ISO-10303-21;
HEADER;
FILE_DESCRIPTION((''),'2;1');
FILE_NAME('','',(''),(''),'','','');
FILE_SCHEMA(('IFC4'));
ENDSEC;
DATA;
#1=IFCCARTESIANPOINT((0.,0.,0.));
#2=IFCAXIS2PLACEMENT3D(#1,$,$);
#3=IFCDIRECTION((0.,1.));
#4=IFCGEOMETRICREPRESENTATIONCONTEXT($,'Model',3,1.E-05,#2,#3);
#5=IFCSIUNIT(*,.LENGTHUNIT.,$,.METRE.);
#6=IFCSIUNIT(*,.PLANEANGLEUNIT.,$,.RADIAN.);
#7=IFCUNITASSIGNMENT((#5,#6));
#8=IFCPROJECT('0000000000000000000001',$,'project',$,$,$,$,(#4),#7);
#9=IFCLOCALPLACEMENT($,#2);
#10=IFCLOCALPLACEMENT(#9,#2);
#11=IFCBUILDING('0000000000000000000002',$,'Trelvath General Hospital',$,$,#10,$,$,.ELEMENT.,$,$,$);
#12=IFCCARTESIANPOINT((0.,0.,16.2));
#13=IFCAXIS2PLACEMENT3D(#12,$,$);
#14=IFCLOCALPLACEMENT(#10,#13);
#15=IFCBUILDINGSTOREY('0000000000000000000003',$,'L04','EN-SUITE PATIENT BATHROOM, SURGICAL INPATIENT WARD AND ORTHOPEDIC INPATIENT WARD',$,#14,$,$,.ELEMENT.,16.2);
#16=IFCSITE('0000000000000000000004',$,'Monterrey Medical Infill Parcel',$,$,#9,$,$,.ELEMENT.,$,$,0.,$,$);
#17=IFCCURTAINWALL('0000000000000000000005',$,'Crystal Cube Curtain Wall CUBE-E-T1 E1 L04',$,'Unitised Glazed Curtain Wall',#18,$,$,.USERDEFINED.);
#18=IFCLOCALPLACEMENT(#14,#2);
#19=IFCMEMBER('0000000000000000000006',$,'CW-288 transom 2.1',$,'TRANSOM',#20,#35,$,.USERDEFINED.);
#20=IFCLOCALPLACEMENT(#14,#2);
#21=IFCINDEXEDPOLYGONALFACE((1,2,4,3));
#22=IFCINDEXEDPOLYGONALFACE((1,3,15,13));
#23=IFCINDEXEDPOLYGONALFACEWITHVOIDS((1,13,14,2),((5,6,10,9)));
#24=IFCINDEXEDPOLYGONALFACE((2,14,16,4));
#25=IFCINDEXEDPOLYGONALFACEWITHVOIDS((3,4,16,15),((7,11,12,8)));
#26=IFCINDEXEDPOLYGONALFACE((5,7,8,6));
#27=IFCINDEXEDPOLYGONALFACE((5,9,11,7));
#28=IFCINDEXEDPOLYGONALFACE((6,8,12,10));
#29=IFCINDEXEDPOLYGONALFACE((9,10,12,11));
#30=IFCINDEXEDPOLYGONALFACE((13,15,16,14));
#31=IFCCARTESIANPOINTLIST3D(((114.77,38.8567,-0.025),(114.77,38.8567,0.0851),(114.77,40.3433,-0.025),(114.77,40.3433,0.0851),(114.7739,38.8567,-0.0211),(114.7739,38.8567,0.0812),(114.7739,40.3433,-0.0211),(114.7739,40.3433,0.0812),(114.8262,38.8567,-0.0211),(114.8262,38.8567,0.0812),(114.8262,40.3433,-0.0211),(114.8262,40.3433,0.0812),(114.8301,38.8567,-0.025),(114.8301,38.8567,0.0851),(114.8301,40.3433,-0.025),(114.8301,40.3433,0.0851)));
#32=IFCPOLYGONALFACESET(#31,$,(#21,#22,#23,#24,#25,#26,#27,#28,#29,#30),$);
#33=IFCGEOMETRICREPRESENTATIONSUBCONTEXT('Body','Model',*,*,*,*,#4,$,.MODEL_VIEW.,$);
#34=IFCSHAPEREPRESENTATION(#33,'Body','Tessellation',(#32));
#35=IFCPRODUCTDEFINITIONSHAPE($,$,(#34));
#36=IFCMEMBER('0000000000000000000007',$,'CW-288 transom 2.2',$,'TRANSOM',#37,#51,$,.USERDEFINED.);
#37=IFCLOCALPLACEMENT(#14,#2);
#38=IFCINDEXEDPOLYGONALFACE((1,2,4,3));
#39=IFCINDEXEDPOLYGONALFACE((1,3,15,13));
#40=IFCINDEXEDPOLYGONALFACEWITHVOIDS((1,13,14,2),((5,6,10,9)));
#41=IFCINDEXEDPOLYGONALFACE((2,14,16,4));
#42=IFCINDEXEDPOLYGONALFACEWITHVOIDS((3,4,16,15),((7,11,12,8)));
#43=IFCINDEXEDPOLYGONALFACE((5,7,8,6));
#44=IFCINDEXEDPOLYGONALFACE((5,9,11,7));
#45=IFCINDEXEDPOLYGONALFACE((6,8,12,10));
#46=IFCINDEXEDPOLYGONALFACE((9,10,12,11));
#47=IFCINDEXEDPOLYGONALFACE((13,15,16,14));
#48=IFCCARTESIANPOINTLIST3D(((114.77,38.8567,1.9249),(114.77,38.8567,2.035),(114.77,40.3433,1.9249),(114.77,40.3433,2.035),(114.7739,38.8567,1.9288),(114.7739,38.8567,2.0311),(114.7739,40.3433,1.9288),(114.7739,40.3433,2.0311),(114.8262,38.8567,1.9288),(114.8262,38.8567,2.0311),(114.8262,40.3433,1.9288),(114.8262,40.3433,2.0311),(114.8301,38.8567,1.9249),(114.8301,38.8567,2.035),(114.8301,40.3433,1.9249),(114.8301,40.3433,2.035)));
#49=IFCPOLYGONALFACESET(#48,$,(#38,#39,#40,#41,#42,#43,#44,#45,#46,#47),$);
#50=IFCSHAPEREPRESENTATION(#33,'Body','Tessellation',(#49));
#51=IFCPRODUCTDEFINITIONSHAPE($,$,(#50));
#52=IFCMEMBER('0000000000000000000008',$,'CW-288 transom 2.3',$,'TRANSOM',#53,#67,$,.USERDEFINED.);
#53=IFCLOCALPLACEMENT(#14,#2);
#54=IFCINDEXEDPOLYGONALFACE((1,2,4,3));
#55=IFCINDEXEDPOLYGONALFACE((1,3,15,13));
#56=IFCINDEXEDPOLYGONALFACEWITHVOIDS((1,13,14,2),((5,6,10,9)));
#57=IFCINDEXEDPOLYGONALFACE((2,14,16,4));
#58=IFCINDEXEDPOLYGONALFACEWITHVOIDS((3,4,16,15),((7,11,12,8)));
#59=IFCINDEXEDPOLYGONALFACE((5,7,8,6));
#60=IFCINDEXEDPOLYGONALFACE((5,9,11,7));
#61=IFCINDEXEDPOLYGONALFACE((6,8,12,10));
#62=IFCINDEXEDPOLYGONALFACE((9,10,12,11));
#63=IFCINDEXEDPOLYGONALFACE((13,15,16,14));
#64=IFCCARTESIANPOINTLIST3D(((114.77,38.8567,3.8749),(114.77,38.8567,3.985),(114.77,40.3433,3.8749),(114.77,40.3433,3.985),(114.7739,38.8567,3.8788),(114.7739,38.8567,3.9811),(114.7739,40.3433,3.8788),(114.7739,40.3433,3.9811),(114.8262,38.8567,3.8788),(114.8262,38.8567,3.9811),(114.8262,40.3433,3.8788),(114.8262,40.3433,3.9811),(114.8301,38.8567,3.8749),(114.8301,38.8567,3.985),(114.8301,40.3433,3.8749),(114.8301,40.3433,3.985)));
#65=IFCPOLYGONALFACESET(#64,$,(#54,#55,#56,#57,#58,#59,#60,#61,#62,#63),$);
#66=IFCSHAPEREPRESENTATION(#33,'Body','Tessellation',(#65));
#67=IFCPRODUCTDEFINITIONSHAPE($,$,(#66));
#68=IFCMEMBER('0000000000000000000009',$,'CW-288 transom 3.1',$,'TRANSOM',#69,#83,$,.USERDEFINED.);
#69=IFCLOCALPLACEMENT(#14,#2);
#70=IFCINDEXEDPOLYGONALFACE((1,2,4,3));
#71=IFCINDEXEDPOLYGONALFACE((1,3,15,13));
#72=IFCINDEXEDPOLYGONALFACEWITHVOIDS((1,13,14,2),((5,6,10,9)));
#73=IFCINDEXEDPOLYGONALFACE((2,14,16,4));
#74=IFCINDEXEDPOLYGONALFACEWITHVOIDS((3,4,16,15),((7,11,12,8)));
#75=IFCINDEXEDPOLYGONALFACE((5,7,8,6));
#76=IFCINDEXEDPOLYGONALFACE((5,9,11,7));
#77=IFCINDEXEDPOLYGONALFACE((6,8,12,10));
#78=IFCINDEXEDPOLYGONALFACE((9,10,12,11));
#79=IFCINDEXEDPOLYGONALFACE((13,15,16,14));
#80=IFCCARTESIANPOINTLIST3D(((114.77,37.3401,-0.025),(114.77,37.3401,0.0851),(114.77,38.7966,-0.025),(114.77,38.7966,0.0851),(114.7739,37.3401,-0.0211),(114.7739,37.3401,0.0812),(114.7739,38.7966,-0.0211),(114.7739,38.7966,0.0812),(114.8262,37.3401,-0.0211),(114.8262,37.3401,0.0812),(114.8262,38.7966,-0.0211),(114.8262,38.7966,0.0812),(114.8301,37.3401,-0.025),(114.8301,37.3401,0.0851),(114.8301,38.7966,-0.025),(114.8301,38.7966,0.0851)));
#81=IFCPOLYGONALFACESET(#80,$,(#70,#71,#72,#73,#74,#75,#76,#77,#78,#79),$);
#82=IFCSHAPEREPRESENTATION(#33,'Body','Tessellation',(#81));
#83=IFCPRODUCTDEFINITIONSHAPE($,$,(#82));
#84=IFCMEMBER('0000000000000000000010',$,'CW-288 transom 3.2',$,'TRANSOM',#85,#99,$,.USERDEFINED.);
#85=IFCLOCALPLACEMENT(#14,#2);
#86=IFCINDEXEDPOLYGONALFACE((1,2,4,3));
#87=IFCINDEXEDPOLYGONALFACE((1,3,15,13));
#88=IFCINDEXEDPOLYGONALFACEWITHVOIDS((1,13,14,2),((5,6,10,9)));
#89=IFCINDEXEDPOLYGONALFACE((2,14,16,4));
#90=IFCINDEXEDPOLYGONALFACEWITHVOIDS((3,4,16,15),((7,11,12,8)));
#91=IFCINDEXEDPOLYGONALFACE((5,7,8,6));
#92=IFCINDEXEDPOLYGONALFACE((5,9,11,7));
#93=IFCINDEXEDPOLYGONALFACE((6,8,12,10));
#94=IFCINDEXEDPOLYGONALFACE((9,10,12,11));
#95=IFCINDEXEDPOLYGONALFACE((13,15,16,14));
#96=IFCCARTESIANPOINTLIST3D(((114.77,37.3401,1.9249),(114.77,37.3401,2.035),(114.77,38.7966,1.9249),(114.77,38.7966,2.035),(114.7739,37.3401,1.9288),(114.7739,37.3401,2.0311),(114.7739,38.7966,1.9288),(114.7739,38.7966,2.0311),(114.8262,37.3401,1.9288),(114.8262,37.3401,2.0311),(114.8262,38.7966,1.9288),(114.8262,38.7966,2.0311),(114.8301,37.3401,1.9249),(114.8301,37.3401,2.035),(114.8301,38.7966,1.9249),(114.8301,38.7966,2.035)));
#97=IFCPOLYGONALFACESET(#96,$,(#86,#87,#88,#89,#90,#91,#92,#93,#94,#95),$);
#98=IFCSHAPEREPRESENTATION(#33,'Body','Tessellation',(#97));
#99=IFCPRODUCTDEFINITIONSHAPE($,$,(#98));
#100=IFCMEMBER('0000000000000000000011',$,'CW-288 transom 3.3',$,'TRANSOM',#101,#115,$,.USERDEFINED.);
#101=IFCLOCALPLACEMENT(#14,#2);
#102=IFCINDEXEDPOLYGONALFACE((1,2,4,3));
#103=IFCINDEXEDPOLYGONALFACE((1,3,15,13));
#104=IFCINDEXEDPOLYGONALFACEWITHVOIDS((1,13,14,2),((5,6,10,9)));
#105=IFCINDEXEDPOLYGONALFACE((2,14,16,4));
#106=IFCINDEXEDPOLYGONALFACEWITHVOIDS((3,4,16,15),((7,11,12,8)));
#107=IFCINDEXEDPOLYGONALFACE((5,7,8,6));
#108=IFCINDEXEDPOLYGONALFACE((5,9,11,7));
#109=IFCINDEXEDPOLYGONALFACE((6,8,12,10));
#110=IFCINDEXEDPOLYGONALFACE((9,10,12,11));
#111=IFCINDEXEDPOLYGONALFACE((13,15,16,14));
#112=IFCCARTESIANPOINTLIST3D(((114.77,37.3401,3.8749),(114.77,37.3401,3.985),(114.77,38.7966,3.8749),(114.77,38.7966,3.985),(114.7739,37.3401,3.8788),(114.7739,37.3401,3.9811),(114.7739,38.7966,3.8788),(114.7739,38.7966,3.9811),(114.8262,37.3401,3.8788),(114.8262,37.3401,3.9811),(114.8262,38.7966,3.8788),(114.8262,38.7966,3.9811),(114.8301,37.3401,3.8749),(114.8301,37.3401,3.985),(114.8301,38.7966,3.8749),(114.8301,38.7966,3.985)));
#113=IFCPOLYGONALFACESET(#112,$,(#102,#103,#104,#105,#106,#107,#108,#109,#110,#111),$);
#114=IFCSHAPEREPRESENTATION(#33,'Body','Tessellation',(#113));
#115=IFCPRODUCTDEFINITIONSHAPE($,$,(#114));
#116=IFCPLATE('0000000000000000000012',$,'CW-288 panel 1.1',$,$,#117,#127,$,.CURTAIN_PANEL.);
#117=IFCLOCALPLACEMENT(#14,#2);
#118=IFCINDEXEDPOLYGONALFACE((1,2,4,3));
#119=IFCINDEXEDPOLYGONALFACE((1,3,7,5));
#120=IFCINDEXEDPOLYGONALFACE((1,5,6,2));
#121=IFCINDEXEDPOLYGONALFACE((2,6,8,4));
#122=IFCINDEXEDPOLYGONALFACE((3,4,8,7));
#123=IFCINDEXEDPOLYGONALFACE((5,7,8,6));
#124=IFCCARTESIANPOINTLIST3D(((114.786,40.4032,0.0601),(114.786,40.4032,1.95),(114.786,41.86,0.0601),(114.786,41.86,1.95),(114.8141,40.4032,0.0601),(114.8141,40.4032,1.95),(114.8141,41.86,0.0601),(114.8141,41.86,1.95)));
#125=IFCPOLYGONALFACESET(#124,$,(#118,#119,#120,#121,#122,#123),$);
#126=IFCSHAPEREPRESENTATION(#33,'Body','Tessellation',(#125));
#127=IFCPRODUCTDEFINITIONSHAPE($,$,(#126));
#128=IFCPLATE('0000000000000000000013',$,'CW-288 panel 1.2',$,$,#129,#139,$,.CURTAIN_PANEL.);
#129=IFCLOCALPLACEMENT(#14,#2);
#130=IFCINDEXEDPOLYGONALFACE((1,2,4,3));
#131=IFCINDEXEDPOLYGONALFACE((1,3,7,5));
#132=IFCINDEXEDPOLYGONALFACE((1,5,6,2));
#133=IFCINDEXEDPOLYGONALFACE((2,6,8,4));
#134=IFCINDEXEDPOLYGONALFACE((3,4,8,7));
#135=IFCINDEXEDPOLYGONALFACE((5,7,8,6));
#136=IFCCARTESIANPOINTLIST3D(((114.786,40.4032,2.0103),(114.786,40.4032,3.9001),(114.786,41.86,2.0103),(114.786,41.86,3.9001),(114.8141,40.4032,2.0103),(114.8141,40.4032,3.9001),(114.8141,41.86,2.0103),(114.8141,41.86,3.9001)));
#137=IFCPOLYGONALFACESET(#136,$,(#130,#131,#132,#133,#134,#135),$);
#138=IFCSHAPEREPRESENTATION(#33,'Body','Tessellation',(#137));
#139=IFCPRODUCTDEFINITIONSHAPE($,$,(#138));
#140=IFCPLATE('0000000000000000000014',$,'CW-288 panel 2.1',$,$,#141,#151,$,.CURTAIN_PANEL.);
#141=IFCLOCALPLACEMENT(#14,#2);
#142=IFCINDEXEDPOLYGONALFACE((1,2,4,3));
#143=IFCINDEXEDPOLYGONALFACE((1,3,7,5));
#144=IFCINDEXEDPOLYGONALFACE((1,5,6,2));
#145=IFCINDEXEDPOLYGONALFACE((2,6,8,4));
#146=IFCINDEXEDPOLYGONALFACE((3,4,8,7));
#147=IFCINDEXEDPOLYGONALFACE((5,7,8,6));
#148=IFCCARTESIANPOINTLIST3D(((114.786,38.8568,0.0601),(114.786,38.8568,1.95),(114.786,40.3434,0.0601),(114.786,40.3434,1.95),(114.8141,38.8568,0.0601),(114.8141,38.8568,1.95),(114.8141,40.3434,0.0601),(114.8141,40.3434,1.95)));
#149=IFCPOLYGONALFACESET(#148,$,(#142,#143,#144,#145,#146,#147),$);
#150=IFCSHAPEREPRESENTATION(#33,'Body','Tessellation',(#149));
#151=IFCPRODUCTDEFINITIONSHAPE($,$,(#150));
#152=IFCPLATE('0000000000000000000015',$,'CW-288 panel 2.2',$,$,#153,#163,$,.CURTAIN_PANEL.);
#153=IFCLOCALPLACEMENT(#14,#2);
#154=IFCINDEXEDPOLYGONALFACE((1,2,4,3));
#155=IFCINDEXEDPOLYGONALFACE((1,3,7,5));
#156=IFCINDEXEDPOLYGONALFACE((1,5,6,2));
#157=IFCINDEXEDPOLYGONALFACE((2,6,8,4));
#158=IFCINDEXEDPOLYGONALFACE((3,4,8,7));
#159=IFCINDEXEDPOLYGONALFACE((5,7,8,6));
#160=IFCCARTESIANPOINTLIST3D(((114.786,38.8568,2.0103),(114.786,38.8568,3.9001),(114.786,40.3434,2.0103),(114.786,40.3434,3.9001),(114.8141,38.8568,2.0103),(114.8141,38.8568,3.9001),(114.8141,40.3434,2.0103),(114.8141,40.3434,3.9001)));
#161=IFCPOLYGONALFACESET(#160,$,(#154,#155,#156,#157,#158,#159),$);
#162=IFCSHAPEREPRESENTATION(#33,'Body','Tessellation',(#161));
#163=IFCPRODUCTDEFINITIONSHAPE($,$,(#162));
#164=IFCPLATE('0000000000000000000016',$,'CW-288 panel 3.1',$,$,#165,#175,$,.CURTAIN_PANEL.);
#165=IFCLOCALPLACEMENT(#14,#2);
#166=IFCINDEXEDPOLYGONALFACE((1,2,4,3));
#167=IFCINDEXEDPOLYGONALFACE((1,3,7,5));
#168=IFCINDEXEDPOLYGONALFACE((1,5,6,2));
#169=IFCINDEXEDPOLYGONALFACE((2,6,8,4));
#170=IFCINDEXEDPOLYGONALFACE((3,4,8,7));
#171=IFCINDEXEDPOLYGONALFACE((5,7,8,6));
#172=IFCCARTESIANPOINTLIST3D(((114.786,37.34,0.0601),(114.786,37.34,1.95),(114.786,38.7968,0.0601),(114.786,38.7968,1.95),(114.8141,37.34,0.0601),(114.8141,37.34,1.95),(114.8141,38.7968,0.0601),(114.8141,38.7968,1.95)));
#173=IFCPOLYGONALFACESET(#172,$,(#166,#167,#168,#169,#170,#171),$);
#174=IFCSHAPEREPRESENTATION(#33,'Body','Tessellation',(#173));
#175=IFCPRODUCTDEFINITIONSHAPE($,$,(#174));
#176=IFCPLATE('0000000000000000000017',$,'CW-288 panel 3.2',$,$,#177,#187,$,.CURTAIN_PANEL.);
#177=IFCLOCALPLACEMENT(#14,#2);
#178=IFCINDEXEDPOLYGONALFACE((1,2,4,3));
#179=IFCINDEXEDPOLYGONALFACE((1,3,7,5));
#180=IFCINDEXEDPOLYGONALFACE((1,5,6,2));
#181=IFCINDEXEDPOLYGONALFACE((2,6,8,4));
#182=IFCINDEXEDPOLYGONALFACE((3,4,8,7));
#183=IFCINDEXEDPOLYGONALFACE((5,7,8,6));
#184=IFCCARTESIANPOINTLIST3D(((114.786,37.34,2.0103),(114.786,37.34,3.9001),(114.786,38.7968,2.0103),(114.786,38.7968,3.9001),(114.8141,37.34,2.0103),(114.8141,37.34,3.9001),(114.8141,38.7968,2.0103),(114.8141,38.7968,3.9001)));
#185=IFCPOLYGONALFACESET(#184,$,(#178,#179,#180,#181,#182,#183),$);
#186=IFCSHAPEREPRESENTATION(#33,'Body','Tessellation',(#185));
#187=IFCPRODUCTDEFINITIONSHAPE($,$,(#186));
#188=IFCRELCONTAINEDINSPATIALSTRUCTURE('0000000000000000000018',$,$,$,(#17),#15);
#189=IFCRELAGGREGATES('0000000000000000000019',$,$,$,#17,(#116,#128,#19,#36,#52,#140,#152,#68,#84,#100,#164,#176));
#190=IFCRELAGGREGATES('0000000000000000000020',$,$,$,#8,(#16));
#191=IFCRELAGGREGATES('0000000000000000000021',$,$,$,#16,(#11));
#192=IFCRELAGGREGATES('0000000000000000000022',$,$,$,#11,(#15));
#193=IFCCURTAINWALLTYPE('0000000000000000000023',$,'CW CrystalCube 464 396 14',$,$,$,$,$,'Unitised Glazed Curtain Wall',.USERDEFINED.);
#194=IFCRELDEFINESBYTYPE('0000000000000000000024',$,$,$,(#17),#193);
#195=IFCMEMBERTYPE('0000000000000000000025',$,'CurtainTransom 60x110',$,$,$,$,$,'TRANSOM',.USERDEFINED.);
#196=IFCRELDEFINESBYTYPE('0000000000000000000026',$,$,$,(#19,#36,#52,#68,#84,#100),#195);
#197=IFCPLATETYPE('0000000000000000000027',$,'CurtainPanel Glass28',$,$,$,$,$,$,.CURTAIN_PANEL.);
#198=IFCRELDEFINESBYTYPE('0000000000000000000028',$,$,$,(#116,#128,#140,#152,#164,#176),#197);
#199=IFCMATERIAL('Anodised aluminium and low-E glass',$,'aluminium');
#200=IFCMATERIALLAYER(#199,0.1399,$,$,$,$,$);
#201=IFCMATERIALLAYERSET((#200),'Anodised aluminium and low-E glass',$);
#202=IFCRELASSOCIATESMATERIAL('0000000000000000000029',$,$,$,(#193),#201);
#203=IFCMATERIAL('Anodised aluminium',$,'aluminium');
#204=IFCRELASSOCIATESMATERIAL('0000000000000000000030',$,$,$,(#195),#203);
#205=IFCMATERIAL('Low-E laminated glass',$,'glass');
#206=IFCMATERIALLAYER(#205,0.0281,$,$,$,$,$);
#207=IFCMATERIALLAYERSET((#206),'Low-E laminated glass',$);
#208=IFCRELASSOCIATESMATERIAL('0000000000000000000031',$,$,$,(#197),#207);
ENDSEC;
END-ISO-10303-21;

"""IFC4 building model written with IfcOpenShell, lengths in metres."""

from ifc_helpers import new_model, si_unit, direction, frame, origin, origin_2d, place, context, subcontext, project, spatial, rectangle, hollow_rectangle, extrude, material, layer, layer_set, material_profile, profile_set, type_object, element, aggregate, save


model = new_model("IFC4")

# Units and contexts
model_context = context("Model", 3, precision=1e-05, world=origin(), true_north=direction((0.0, 1.0)))
body_context = subcontext(model_context, "Body", "Model", "MODEL_VIEW")
ifc_project = project(units=[si_unit("LENGTHUNIT", "METRE"), si_unit("PLANEANGLEUNIT", "RADIAN")], contexts=[model_context])

# Site, building, storey
site_placement = place(None, origin())
site = spatial("IfcSite", under=ifc_project, at=site_placement, Name="Monterrey Medical Infill Parcel", CompositionType="ELEMENT", RefElevation=0.0)
building_placement = place(site_placement, origin())
building = spatial("IfcBuilding", under=site, at=building_placement, Name="Trelvath General Hospital", CompositionType="ELEMENT")
storey_placement = place(building_placement, frame((0.0, 0.0, 16.2)))
storey = spatial("IfcBuildingStorey", under=building, at=storey_placement, Name="L04", Description="EN-SUITE PATIENT BATHROOM, SURGICAL INPATIENT WARD AND ORTHOPEDIC INPATIENT WARD", CompositionType="ELEMENT", Elevation=16.2)

# Curtain wall
ifc_material_1 = material(Name="Anodised aluminium and low-E glass", Category="aluminium")
ifc_layer_1 = layer(ifc_material_1, 0.1399)
ifc_layer_set_1 = layer_set([ifc_layer_1], Name="Anodised aluminium and low-E glass")
curtain_wall_type_1 = type_object("IfcCurtainWallType", Name="CW CrystalCube 464 396 14", ElementType="Unitised Glazed Curtain Wall", PredefinedType="USERDEFINED", material=ifc_layer_set_1)
curtain_wall_1_placement = place(storey_placement, origin())
curtain_wall_1 = element("IfcCurtainWall", 1, at=curtain_wall_1_placement, inside=storey, type_object=curtain_wall_type_1, Name="Crystal Cube Curtain Wall CUBE-E-T1 E1 L04", ObjectType="Unitised Glazed Curtain Wall", PredefinedType="USERDEFINED")

# Members
ifc_material_2 = material(Name="Anodised aluminium", Category="aluminium")
ifc_material_profile_1 = material_profile(ifc_material_2, hollow_rectangle(XDim=0.0601, YDim=0.1101, WallThickness=0.0039, at=origin_2d()), Name="RHS60x110x4")
ifc_profile_set_1 = profile_set([ifc_material_profile_1], Name="Anodised aluminium")
member_type_1 = type_object("IfcMemberType", Name="CurtainTransom 60x110", ElementType="TRANSOM", PredefinedType="USERDEFINED", material=ifc_profile_set_1)
member_1_placement = place(storey_placement, frame((114.8, 40.3433, 0.03), z_axis=(0.0, -1.0, 0.0), x_axis=(1.0, 0.0, 0.0)))
member_1 = element("IfcMember", 2, at=member_1_placement, type_object=member_type_1, Name="CW-288 transom 2.1", ObjectType="TRANSOM", PredefinedType="USERDEFINED", context=body_context, shape_type="SweptSolid", body=[
    extrude(hollow_rectangle(XDim=0.0601, YDim=0.1101, WallThickness=0.0039, at=origin_2d()), origin(), (0.0, 0.0, 1.0), 1.4866),
])
member_2_placement = place(storey_placement, frame((114.8, 40.3433, 1.98), z_axis=(0.0, -1.0, 0.0), x_axis=(1.0, 0.0, 0.0)))
member_2 = element("IfcMember", 3, at=member_2_placement, type_object=member_type_1, Name="CW-288 transom 2.2", ObjectType="TRANSOM", PredefinedType="USERDEFINED", context=body_context, shape_type="SweptSolid", body=[
    extrude(hollow_rectangle(XDim=0.0601, YDim=0.1101, WallThickness=0.0039, at=origin_2d()), origin(), (0.0, 0.0, 1.0), 1.4866),
])
member_3_placement = place(storey_placement, frame((114.8, 40.3433, 3.9299), z_axis=(0.0, -1.0, 0.0), x_axis=(1.0, 0.0, 0.0)))
member_3 = element("IfcMember", 4, at=member_3_placement, type_object=member_type_1, Name="CW-288 transom 2.3", ObjectType="TRANSOM", PredefinedType="USERDEFINED", context=body_context, shape_type="SweptSolid", body=[
    extrude(hollow_rectangle(XDim=0.0601, YDim=0.1101, WallThickness=0.0039, at=origin_2d()), origin(), (0.0, 0.0, 1.0), 1.4866),
])
member_4_placement = place(storey_placement, frame((114.8, 38.7966, 0.03), z_axis=(0.0, -1.0, 0.0), x_axis=(1.0, 0.0, 0.0)))
member_4 = element("IfcMember", 5, at=member_4_placement, type_object=member_type_1, Name="CW-288 transom 3.1", ObjectType="TRANSOM", PredefinedType="USERDEFINED", context=body_context, shape_type="SweptSolid", body=[
    extrude(hollow_rectangle(XDim=0.0601, YDim=0.1101, WallThickness=0.0039, at=origin_2d()), origin(), (0.0, 0.0, 1.0), 1.4565),
])
member_5_placement = place(storey_placement, frame((114.8, 38.7966, 1.98), z_axis=(0.0, -1.0, 0.0), x_axis=(1.0, 0.0, 0.0)))
member_5 = element("IfcMember", 6, at=member_5_placement, type_object=member_type_1, Name="CW-288 transom 3.2", ObjectType="TRANSOM", PredefinedType="USERDEFINED", context=body_context, shape_type="SweptSolid", body=[
    extrude(hollow_rectangle(XDim=0.0601, YDim=0.1101, WallThickness=0.0039, at=origin_2d()), origin(), (0.0, 0.0, 1.0), 1.4565),
])
member_6_placement = place(storey_placement, frame((114.8, 38.7966, 3.9299), z_axis=(0.0, -1.0, 0.0), x_axis=(1.0, 0.0, 0.0)))
member_6 = element("IfcMember", 7, at=member_6_placement, type_object=member_type_1, Name="CW-288 transom 3.3", ObjectType="TRANSOM", PredefinedType="USERDEFINED", context=body_context, shape_type="SweptSolid", body=[
    extrude(hollow_rectangle(XDim=0.0601, YDim=0.1101, WallThickness=0.0039, at=origin_2d()), origin(), (0.0, 0.0, 1.0), 1.4565),
])

# Plates
ifc_material_3 = material(Name="Low-E laminated glass", Category="glass")
ifc_layer_2 = layer(ifc_material_3, 0.0281)
ifc_layer_set_2 = layer_set([ifc_layer_2], Name="Low-E laminated glass")
plate_type = type_object("IfcPlateType", Name="CurtainPanel Glass28", PredefinedType="CURTAIN_PANEL", material=ifc_layer_set_2)
plate_1_placement = place(storey_placement, frame((114.8, 41.1316, 0.0601), z_axis=(0.0, 0.0, 1.0), x_axis=(0.0, -1.0, 0.0)))
plate_1 = element("IfcPlate", 8, at=plate_1_placement, type_object=plate_type, Name="CW-288 panel 1.1", PredefinedType="CURTAIN_PANEL", context=body_context, shape_type="SweptSolid", body=[
    extrude(rectangle(XDim=1.4568, YDim=0.0281, at=origin_2d()), origin(), (0.0, 0.0, 1.0), 1.8899),
])
plate_2_placement = place(storey_placement, frame((114.8, 41.1316, 2.0103), z_axis=(0.0, 0.0, 1.0), x_axis=(0.0, -1.0, 0.0)))
plate_2 = element("IfcPlate", 9, at=plate_2_placement, type_object=plate_type, Name="CW-288 panel 1.2", PredefinedType="CURTAIN_PANEL", context=body_context, shape_type="SweptSolid", body=[
    extrude(rectangle(XDim=1.4568, YDim=0.0281, at=origin_2d()), origin(), (0.0, 0.0, 1.0), 1.8899),
])
plate_3_placement = place(storey_placement, frame((114.8, 39.6001, 0.0601), z_axis=(0.0, 0.0, 1.0), x_axis=(0.0, -1.0, 0.0)))
plate_3 = element("IfcPlate", 10, at=plate_3_placement, type_object=plate_type, Name="CW-288 panel 2.1", PredefinedType="CURTAIN_PANEL", context=body_context, shape_type="SweptSolid", body=[
    extrude(rectangle(XDim=1.4866, YDim=0.0281, at=origin_2d()), origin(), (0.0, 0.0, 1.0), 1.8899),
])
plate_4_placement = place(storey_placement, frame((114.8, 39.6001, 2.0103), z_axis=(0.0, 0.0, 1.0), x_axis=(0.0, -1.0, 0.0)))
plate_4 = element("IfcPlate", 11, at=plate_4_placement, type_object=plate_type, Name="CW-288 panel 2.2", PredefinedType="CURTAIN_PANEL", context=body_context, shape_type="SweptSolid", body=[
    extrude(rectangle(XDim=1.4866, YDim=0.0281, at=origin_2d()), origin(), (0.0, 0.0, 1.0), 1.8899),
])
plate_5_placement = place(storey_placement, frame((114.8, 38.0684, 0.0601), z_axis=(0.0, 0.0, 1.0), x_axis=(0.0, -1.0, 0.0)))
plate_5 = element("IfcPlate", 12, at=plate_5_placement, type_object=plate_type, Name="CW-288 panel 3.1", PredefinedType="CURTAIN_PANEL", context=body_context, shape_type="SweptSolid", body=[
    extrude(rectangle(XDim=1.4568, YDim=0.0281, at=origin_2d()), origin(), (0.0, 0.0, 1.0), 1.8899),
])
plate_6_placement = place(storey_placement, frame((114.8, 38.0684, 2.0103), z_axis=(0.0, 0.0, 1.0), x_axis=(0.0, -1.0, 0.0)))
plate_6 = element("IfcPlate", 13, at=plate_6_placement, type_object=plate_type, Name="CW-288 panel 3.2", PredefinedType="CURTAIN_PANEL", context=body_context, shape_type="SweptSolid", body=[
    extrude(rectangle(XDim=1.4568, YDim=0.0281, at=origin_2d()), origin(), (0.0, 0.0, 1.0), 1.8899),
])
aggregate(curtain_wall_1, [plate_1, plate_2, member_1, member_2, member_3, plate_3, plate_4, member_4, member_5, member_6, plate_5, plate_6])

save(model, "model.ifc")
